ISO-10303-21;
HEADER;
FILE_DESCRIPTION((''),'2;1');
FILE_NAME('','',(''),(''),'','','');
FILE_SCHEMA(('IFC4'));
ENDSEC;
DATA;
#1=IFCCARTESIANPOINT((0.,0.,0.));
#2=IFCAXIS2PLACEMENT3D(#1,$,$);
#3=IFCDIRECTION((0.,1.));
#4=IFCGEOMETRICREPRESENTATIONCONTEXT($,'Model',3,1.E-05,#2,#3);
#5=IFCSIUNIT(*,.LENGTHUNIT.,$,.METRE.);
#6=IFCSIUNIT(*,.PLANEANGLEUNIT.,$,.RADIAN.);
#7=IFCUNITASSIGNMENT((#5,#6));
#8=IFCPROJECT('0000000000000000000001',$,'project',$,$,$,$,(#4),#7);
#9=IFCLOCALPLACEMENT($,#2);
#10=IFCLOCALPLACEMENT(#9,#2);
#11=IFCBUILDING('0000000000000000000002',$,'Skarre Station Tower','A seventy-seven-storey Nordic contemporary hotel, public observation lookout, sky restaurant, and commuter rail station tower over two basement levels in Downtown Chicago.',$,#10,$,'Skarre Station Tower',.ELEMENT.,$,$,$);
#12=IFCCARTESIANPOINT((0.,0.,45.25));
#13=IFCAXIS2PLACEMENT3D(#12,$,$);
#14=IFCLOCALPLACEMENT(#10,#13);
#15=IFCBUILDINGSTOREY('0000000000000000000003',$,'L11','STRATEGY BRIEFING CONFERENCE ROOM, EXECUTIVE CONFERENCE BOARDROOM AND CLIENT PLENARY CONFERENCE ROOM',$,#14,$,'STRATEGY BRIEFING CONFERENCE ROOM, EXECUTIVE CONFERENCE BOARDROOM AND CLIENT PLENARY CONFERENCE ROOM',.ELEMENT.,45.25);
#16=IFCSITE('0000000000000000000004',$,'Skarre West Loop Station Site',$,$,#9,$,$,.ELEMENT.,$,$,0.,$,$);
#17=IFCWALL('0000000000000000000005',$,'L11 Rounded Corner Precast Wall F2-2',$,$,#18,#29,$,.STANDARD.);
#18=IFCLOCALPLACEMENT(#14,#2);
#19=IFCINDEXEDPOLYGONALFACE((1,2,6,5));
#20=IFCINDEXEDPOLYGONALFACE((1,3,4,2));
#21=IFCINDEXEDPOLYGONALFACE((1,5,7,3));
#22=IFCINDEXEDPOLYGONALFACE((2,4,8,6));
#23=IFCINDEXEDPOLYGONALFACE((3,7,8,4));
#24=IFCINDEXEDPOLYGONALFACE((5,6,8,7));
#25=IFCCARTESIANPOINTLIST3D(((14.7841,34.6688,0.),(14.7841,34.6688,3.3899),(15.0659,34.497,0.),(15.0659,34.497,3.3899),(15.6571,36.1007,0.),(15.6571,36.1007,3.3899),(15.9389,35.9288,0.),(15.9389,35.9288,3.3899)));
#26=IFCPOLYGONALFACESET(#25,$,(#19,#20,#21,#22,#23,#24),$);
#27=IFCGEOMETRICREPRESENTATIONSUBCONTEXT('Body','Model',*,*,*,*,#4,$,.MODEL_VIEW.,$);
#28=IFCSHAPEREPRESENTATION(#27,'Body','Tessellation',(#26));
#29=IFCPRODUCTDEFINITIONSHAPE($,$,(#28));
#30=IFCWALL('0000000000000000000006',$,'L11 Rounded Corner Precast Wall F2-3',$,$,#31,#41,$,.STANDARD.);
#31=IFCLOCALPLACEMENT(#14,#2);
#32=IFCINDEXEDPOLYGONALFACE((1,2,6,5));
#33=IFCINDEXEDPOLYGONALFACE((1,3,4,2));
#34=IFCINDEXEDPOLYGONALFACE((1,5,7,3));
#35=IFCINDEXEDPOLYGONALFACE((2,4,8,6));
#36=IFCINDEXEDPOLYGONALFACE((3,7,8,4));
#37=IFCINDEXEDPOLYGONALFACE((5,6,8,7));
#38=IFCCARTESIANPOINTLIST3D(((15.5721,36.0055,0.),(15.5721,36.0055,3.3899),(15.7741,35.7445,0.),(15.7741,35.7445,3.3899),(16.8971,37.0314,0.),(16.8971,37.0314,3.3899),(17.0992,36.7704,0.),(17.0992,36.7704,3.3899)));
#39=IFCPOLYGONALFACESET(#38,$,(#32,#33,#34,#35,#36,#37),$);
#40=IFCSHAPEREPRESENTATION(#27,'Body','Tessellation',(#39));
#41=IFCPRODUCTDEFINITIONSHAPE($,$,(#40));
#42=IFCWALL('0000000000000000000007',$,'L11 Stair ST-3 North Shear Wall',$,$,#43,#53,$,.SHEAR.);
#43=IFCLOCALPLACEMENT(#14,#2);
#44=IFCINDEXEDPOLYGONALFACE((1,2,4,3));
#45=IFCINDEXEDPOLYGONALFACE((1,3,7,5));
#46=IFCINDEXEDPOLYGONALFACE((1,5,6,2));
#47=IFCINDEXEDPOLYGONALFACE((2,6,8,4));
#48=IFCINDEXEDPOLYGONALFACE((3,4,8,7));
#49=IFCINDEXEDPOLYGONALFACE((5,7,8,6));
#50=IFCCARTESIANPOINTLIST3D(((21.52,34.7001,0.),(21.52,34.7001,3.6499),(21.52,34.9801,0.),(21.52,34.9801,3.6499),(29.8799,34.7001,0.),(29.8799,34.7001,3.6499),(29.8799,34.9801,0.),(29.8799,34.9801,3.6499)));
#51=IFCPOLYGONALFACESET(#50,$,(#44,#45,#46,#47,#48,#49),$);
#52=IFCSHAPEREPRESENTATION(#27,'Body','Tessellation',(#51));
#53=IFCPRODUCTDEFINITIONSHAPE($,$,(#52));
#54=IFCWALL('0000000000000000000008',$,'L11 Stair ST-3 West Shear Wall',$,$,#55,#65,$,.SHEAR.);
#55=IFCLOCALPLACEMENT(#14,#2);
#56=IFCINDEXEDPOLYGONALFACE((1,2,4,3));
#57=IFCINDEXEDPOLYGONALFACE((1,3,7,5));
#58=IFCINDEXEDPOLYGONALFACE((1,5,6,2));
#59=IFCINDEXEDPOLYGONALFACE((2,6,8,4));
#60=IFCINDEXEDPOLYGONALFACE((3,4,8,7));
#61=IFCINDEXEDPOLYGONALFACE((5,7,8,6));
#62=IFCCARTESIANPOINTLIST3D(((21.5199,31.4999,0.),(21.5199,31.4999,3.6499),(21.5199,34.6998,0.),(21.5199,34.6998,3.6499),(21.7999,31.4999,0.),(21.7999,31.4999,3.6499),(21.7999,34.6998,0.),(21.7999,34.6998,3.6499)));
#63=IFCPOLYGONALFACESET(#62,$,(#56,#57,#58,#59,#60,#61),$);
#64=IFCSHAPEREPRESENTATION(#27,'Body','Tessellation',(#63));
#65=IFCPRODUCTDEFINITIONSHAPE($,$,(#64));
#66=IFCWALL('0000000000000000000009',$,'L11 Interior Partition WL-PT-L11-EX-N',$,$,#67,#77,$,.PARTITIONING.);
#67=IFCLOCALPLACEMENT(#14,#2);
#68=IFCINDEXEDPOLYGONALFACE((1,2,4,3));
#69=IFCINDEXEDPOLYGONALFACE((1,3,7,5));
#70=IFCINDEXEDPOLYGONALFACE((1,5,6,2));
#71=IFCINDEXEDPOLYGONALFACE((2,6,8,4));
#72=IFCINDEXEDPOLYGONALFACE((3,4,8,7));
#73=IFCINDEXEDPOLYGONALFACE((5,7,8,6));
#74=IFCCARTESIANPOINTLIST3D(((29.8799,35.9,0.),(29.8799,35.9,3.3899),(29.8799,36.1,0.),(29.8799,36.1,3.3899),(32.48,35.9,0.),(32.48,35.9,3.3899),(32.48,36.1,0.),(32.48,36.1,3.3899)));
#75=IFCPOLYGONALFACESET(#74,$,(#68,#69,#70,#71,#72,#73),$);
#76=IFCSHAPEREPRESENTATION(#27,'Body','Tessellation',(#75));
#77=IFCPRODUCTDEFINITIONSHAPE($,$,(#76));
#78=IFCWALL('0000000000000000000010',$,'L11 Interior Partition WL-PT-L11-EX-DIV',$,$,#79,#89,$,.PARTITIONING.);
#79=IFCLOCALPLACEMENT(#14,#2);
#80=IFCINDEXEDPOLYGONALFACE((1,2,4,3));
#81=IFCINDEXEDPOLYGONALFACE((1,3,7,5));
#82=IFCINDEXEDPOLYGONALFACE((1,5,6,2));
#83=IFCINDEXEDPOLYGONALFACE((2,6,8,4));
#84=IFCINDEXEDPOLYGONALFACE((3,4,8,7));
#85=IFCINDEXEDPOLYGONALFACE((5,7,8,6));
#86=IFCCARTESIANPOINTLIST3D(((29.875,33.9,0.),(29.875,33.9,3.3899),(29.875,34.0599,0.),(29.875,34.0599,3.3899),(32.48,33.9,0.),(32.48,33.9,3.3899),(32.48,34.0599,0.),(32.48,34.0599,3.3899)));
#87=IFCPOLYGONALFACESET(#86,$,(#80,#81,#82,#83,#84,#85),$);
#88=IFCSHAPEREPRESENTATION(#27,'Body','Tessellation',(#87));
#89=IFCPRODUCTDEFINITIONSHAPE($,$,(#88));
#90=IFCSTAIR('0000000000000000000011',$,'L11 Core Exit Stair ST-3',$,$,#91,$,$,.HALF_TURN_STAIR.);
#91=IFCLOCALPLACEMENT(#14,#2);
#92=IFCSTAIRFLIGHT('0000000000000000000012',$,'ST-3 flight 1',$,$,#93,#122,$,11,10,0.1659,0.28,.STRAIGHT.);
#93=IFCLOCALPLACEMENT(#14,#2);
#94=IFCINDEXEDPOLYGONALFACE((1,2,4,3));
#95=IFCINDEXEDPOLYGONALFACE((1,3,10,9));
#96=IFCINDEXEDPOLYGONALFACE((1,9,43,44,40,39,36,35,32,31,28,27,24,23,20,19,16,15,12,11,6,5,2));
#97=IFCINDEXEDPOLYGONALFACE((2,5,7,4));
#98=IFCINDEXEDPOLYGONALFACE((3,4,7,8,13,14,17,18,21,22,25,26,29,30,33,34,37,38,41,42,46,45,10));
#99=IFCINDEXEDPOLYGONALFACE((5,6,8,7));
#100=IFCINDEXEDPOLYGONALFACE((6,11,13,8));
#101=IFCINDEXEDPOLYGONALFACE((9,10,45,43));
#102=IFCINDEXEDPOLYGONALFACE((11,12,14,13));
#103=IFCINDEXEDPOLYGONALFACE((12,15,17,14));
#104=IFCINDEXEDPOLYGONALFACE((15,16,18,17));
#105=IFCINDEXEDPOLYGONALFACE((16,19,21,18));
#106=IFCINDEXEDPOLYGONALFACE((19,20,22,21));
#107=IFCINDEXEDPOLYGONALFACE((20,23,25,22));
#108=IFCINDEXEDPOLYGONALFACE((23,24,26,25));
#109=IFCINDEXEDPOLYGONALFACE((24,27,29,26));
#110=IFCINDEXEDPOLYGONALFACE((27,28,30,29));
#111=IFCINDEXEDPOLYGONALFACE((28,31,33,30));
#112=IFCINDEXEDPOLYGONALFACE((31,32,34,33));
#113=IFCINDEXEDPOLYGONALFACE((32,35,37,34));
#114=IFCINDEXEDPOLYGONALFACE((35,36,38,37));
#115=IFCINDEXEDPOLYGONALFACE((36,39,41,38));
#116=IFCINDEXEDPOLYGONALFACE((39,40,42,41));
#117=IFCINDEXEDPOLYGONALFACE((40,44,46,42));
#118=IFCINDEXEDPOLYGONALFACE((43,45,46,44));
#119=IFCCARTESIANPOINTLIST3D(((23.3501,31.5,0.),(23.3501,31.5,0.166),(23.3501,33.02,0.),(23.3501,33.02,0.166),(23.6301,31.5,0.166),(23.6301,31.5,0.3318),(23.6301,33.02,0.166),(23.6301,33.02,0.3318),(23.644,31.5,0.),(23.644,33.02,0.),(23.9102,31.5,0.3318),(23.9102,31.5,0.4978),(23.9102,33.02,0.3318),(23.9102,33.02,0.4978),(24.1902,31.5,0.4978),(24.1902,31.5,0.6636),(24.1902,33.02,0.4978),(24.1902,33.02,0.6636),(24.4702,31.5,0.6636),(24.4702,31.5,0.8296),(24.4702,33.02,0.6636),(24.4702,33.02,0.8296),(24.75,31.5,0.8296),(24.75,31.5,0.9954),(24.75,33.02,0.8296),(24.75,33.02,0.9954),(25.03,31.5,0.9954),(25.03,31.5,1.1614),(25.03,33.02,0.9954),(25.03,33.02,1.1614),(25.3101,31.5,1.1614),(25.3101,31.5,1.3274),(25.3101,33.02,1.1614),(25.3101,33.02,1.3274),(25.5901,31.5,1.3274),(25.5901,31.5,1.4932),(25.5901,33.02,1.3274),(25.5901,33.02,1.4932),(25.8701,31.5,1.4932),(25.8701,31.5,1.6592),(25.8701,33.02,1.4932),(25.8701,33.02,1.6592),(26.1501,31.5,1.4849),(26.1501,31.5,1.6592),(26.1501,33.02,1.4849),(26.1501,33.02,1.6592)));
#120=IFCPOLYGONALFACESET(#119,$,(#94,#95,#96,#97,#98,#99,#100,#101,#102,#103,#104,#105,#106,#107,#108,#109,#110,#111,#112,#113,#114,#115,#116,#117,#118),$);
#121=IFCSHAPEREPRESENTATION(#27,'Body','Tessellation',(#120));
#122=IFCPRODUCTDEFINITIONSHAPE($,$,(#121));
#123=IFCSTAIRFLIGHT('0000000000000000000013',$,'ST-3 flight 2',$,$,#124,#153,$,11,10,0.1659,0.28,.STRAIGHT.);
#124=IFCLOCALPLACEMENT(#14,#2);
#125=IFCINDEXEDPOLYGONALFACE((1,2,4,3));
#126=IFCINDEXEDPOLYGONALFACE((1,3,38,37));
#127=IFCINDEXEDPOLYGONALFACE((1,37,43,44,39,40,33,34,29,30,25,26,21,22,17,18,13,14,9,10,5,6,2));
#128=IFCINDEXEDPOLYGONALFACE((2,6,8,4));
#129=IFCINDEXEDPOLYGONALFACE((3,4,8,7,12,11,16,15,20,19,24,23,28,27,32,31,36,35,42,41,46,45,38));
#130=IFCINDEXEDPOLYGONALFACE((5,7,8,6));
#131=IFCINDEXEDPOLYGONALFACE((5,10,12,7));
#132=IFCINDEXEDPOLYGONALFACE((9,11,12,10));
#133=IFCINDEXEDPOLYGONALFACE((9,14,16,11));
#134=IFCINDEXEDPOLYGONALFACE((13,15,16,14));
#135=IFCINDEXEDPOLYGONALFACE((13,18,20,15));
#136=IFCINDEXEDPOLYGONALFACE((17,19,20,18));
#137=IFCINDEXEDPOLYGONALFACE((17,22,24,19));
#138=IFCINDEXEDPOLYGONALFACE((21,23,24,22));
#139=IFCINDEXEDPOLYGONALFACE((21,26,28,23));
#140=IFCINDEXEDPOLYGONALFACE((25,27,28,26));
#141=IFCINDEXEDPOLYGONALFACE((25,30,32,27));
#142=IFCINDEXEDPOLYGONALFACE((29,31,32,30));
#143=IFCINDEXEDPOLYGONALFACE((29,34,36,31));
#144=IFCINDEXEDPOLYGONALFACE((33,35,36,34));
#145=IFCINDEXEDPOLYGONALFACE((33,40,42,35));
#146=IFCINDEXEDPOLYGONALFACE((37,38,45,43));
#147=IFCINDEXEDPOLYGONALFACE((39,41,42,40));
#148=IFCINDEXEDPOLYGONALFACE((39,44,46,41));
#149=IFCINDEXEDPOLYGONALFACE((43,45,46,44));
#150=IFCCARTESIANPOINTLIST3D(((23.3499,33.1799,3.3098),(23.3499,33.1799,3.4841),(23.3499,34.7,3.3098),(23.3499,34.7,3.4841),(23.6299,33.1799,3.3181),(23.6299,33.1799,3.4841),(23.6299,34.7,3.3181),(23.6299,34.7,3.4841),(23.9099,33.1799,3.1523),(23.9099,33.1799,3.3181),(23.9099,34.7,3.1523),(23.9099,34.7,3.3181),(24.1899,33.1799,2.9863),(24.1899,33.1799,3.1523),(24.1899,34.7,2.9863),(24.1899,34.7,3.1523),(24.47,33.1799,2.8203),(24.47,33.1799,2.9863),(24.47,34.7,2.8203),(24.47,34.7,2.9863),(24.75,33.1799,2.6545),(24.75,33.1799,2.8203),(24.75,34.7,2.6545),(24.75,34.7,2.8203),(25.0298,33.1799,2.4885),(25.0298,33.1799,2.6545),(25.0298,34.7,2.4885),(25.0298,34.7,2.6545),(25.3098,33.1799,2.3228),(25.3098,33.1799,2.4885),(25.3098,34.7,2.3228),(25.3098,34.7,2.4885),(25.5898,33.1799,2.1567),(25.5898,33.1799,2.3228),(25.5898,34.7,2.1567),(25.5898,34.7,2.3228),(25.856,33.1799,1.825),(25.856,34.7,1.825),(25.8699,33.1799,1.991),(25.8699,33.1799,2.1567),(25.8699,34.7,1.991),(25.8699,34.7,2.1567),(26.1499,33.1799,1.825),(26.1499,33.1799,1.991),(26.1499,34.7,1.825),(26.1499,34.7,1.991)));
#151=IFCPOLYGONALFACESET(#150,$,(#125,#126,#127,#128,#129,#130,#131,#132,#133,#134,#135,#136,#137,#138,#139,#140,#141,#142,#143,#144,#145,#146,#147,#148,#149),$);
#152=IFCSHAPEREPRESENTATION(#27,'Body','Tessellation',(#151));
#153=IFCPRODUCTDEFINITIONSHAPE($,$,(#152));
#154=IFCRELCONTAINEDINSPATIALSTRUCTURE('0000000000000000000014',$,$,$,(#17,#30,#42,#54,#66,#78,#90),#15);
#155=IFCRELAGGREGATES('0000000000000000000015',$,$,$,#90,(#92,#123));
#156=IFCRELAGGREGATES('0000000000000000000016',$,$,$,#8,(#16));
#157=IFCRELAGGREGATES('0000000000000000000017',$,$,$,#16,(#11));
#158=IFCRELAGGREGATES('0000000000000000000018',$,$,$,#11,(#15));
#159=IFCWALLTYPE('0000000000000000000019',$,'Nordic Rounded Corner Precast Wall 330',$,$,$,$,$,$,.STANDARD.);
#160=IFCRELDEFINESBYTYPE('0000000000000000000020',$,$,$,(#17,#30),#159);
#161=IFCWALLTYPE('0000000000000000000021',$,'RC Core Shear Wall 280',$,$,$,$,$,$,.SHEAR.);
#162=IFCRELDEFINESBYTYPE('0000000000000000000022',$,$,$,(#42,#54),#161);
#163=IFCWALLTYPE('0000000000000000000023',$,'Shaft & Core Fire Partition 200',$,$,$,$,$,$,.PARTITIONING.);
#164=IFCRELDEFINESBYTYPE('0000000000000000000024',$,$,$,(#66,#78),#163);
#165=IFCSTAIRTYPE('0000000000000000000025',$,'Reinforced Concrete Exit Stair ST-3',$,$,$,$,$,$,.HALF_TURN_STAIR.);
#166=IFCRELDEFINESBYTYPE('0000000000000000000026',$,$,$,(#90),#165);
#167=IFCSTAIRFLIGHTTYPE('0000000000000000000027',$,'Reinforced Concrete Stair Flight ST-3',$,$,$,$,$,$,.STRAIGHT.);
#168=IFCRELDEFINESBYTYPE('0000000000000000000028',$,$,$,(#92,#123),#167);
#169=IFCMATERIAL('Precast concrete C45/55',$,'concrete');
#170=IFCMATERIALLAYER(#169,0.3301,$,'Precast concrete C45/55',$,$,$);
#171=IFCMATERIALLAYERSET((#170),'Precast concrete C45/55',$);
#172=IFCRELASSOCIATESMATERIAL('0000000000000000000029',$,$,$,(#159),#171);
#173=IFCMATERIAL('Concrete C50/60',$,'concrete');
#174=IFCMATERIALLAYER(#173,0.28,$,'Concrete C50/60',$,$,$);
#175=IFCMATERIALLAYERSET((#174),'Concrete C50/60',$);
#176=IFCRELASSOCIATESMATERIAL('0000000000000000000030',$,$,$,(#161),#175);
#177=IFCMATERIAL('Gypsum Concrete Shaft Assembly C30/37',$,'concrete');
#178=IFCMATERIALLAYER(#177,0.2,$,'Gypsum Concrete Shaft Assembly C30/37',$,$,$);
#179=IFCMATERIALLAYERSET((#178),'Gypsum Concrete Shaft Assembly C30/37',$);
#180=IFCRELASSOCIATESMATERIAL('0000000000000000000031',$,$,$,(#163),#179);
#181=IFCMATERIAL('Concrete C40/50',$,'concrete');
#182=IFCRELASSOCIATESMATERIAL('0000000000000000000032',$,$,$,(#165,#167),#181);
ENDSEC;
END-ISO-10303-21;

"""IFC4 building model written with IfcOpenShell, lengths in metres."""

from ifc_helpers import new_model, si_unit, direction, frame, frame_2d, origin, place, context, subcontext, project, spatial, polyline, rectangle, outline, extrude, material, layer, layer_set, type_object, element, aggregate, save


model = new_model("IFC4")

# Units and contexts
model_context = context("Model", 3, precision=1e-05, world=origin(), true_north=direction((0.0, 1.0)))
body_context = subcontext(model_context, "Body", "Model", "MODEL_VIEW")
ifc_project = project(units=[si_unit("LENGTHUNIT", "METRE"), si_unit("PLANEANGLEUNIT", "RADIAN")], contexts=[model_context])

# Site, building, storey
site_placement = place(None, origin())
site = spatial("IfcSite", under=ifc_project, at=site_placement, Name="Skarre West Loop Station Site", CompositionType="ELEMENT", RefElevation=0.0)
building_placement = place(site_placement, origin())
building = spatial("IfcBuilding", under=site, at=building_placement, Name="Skarre Station Tower", Description="A seventy-seven-storey Nordic contemporary hotel, public observation lookout, sky restaurant, and commuter rail station tower over two basement levels in Downtown Chicago.", LongName="Skarre Station Tower", CompositionType="ELEMENT")
storey_placement = place(building_placement, frame((0.0, 0.0, 45.25)))
storey = spatial("IfcBuildingStorey", under=building, at=storey_placement, Name="L11", Description="STRATEGY BRIEFING CONFERENCE ROOM, EXECUTIVE CONFERENCE BOARDROOM AND CLIENT PLENARY CONFERENCE ROOM", LongName="STRATEGY BRIEFING CONFERENCE ROOM, EXECUTIVE CONFERENCE BOARDROOM AND CLIENT PLENARY CONFERENCE ROOM", CompositionType="ELEMENT", Elevation=45.25)

# Shared definitions
ifc_material_1 = material(Name="Precast concrete C45/55", Category="concrete")

# Walls
ifc_layer_1 = layer(ifc_material_1, 0.3301, Name="Precast concrete C45/55")
ifc_layer_set_1 = layer_set([ifc_layer_1], Name="Precast concrete C45/55")
wall_type_1 = type_object("IfcWallType", Name="Nordic Rounded Corner Precast Wall 330", PredefinedType="STANDARD", material=ifc_layer_set_1)
wall_1_placement = place(storey_placement, frame((14.925, 34.583, 0.0), z_axis=(0.0, 0.0, 1.0), x_axis=(0.520584, 0.85381, 0.0)))
element("IfcWall", 1, at=wall_1_placement, inside=storey, type_object=wall_type_1, Name="L11 Rounded Corner Precast Wall F2-2", PredefinedType="STANDARD", context=body_context, shape_type="SweptSolid", body=[
    extrude(rectangle(XDim=1.677, YDim=0.3301, at=frame_2d((0.8384, 0.0))), origin(), (0.0, 0.0, 1.0), 3.3899),
])
wall_2_placement = place(storey_placement, frame((15.6731, 35.875, 0.0), z_axis=(0.0, 0.0, 1.0), x_axis=(0.790692, 0.612214, 0.0)))
element("IfcWall", 2, at=wall_2_placement, inside=storey, type_object=wall_type_1, Name="L11 Rounded Corner Precast Wall F2-3", PredefinedType="STANDARD", context=body_context, shape_type="SweptSolid", body=[
    extrude(rectangle(XDim=1.6758, YDim=0.3301, at=frame_2d((0.8379, 0.0))), origin(), (0.0, 0.0, 1.0), 3.3899),
])
ifc_material_2 = material(Name="Concrete C50/60", Category="concrete")
ifc_layer_2 = layer(ifc_material_2, 0.28, Name="Concrete C50/60")
ifc_layer_set_2 = layer_set([ifc_layer_2], Name="Concrete C50/60")
wall_type_2 = type_object("IfcWallType", Name="RC Core Shear Wall 280", PredefinedType="SHEAR", material=ifc_layer_set_2)
wall_3_placement = place(storey_placement, frame((29.8799, 34.8401, 0.0), z_axis=(0.0, 0.0, 1.0), x_axis=(-1.0, 0.0, 0.0)))
element("IfcWall", 3, at=wall_3_placement, inside=storey, type_object=wall_type_2, Name="L11 Stair ST-3 North Shear Wall", PredefinedType="SHEAR", context=body_context, shape_type="SweptSolid", body=[
    extrude(rectangle(XDim=8.3599, YDim=0.28, at=frame_2d((4.1799, 0.0))), origin(), (0.0, 0.0, 1.0), 3.6499),
])
wall_4_placement = place(storey_placement, frame((21.6599, 34.7, 0.0), z_axis=(0.0, 0.0, 1.0), x_axis=(0.0, -1.0, 0.0)))
element("IfcWall", 4, at=wall_4_placement, inside=storey, type_object=wall_type_2, Name="L11 Stair ST-3 West Shear Wall", PredefinedType="SHEAR", context=body_context, shape_type="SweptSolid", body=[
    extrude(rectangle(XDim=3.2, YDim=0.28, at=frame_2d((1.6001, 0.0))), origin(), (0.0, 0.0, 1.0), 3.6499),
])
ifc_material_3 = material(Name="Gypsum Concrete Shaft Assembly C30/37", Category="concrete")
ifc_layer_3 = layer(ifc_material_3, 0.2, Name="Gypsum Concrete Shaft Assembly C30/37")
ifc_layer_set_3 = layer_set([ifc_layer_3], Name="Gypsum Concrete Shaft Assembly C30/37")
wall_type_3 = type_object("IfcWallType", Name="Shaft & Core Fire Partition 200", PredefinedType="PARTITIONING", material=ifc_layer_set_3)
wall_5_placement = place(storey_placement, frame((29.8799, 36.0, 0.0), z_axis=(0.0, 0.0, 1.0), x_axis=(1.0, 0.0, 0.0)))
element("IfcWall", 5, at=wall_5_placement, inside=storey, type_object=wall_type_3, Name="L11 Interior Partition WL-PT-L11-EX-N", PredefinedType="PARTITIONING", context=body_context, shape_type="SweptSolid", body=[
    extrude(rectangle(XDim=2.6001, YDim=0.2, at=frame_2d((1.3, 0.0))), origin(), (0.0, 0.0, 1.0), 3.3899),
])
wall_6_placement = place(storey_placement, frame((29.875, 33.98, 0.0), z_axis=(0.0, 0.0, 1.0), x_axis=(1.0, 0.0, 0.0)))
element("IfcWall", 6, at=wall_6_placement, inside=storey, type_object=wall_type_3, Name="L11 Interior Partition WL-PT-L11-EX-DIV", PredefinedType="PARTITIONING", context=body_context, shape_type="SweptSolid", body=[
    extrude(rectangle(XDim=2.605, YDim=0.1599, at=frame_2d((1.3025, 0.0))), origin(), (0.0, 0.0, 1.0), 3.3899),
])

# Stair, stair flights
ifc_material_4 = material(Name="Concrete C40/50", Category="concrete")
stair_type = type_object("IfcStairType", Name="Reinforced Concrete Exit Stair ST-3", PredefinedType="HALF_TURN_STAIR", material=ifc_material_4)
stair_placement = place(storey_placement, origin())
stair = element("IfcStair", 7, at=stair_placement, inside=storey, type_object=stair_type, Name="L11 Core Exit Stair ST-3", PredefinedType="HALF_TURN_STAIR")
stair_flight_type = type_object("IfcStairFlightType", Name="Reinforced Concrete Stair Flight ST-3", PredefinedType="STRAIGHT", material=ifc_material_4)
stair_flight_1_placement = place(storey_placement, frame((23.3501, 32.26, 0.0), z_axis=(0.0, 0.0, 1.0), x_axis=(1.0, 0.0, 0.0)))
stair_flight_1 = element("IfcStairFlight", 8, at=stair_flight_1_placement, type_object=stair_flight_type, Name="ST-3 flight 1", NumberOfRisers=11, NumberOfTreads=10, PredefinedType="STRAIGHT", RiserHeight=0.1659, TreadLength=0.28, context=body_context, shape_type="SweptSolid", body=[
    extrude(outline(polyline([(0.0, 0.0), (0.0, 0.166), (0.28, 0.166), (0.28, 0.3318), (0.5601, 0.3318), (0.5601, 0.4978), (0.8401, 0.4978), (0.8401, 0.6636), (1.1201, 0.6636), (1.1201, 0.8296), (1.3999, 0.8296), (1.3999, 0.9954), (1.6799, 0.9954), (1.6799, 1.1614), (1.96, 1.1614), (1.96, 1.3274), (2.24, 1.3274), (2.24, 1.4932), (2.52, 1.4932), (2.52, 1.6592), (2.8, 1.6592), (2.8, 1.825), (2.8, 1.4849), (0.2939, 0.0), (0.0, 0.0)])), frame((0.0, 0.76, 0.0), z_axis=(0.0, -1.0, 0.0), x_axis=(1.0, 0.0, 0.0)), (0.0, 0.0, 1.0), 1.52),
])
stair_flight_2_placement = place(storey_placement, frame((26.1499, 33.9399, 1.825), z_axis=(0.0, 0.0, 1.0), x_axis=(-1.0, 0.0, 0.0)))
stair_flight_2 = element("IfcStairFlight", 9, at=stair_flight_2_placement, type_object=stair_flight_type, Name="ST-3 flight 2", NumberOfRisers=11, NumberOfTreads=10, PredefinedType="STRAIGHT", RiserHeight=0.1659, TreadLength=0.28, context=body_context, shape_type="SweptSolid", body=[
    extrude(outline(polyline([(0.0, 0.0), (0.0, 0.166), (0.28, 0.166), (0.28, 0.3318), (0.5601, 0.3318), (0.5601, 0.4978), (0.8401, 0.4978), (0.8401, 0.6636), (1.1201, 0.6636), (1.1201, 0.8296), (1.3999, 0.8296), (1.3999, 0.9954), (1.6799, 0.9954), (1.6799, 1.1614), (1.96, 1.1614), (1.96, 1.3274), (2.24, 1.3274), (2.24, 1.4932), (2.52, 1.4932), (2.52, 1.6592), (2.8, 1.6592), (2.8, 1.825), (2.8, 1.4849), (0.2939, 0.0), (0.0, 0.0)])), frame((0.0, 0.76, 0.0), z_axis=(0.0, -1.0, 0.0), x_axis=(1.0, 0.0, 0.0)), (0.0, 0.0, 1.0), 1.52),
])
aggregate(stair, [stair_flight_1, stair_flight_2])

save(model, "model.ifc")
